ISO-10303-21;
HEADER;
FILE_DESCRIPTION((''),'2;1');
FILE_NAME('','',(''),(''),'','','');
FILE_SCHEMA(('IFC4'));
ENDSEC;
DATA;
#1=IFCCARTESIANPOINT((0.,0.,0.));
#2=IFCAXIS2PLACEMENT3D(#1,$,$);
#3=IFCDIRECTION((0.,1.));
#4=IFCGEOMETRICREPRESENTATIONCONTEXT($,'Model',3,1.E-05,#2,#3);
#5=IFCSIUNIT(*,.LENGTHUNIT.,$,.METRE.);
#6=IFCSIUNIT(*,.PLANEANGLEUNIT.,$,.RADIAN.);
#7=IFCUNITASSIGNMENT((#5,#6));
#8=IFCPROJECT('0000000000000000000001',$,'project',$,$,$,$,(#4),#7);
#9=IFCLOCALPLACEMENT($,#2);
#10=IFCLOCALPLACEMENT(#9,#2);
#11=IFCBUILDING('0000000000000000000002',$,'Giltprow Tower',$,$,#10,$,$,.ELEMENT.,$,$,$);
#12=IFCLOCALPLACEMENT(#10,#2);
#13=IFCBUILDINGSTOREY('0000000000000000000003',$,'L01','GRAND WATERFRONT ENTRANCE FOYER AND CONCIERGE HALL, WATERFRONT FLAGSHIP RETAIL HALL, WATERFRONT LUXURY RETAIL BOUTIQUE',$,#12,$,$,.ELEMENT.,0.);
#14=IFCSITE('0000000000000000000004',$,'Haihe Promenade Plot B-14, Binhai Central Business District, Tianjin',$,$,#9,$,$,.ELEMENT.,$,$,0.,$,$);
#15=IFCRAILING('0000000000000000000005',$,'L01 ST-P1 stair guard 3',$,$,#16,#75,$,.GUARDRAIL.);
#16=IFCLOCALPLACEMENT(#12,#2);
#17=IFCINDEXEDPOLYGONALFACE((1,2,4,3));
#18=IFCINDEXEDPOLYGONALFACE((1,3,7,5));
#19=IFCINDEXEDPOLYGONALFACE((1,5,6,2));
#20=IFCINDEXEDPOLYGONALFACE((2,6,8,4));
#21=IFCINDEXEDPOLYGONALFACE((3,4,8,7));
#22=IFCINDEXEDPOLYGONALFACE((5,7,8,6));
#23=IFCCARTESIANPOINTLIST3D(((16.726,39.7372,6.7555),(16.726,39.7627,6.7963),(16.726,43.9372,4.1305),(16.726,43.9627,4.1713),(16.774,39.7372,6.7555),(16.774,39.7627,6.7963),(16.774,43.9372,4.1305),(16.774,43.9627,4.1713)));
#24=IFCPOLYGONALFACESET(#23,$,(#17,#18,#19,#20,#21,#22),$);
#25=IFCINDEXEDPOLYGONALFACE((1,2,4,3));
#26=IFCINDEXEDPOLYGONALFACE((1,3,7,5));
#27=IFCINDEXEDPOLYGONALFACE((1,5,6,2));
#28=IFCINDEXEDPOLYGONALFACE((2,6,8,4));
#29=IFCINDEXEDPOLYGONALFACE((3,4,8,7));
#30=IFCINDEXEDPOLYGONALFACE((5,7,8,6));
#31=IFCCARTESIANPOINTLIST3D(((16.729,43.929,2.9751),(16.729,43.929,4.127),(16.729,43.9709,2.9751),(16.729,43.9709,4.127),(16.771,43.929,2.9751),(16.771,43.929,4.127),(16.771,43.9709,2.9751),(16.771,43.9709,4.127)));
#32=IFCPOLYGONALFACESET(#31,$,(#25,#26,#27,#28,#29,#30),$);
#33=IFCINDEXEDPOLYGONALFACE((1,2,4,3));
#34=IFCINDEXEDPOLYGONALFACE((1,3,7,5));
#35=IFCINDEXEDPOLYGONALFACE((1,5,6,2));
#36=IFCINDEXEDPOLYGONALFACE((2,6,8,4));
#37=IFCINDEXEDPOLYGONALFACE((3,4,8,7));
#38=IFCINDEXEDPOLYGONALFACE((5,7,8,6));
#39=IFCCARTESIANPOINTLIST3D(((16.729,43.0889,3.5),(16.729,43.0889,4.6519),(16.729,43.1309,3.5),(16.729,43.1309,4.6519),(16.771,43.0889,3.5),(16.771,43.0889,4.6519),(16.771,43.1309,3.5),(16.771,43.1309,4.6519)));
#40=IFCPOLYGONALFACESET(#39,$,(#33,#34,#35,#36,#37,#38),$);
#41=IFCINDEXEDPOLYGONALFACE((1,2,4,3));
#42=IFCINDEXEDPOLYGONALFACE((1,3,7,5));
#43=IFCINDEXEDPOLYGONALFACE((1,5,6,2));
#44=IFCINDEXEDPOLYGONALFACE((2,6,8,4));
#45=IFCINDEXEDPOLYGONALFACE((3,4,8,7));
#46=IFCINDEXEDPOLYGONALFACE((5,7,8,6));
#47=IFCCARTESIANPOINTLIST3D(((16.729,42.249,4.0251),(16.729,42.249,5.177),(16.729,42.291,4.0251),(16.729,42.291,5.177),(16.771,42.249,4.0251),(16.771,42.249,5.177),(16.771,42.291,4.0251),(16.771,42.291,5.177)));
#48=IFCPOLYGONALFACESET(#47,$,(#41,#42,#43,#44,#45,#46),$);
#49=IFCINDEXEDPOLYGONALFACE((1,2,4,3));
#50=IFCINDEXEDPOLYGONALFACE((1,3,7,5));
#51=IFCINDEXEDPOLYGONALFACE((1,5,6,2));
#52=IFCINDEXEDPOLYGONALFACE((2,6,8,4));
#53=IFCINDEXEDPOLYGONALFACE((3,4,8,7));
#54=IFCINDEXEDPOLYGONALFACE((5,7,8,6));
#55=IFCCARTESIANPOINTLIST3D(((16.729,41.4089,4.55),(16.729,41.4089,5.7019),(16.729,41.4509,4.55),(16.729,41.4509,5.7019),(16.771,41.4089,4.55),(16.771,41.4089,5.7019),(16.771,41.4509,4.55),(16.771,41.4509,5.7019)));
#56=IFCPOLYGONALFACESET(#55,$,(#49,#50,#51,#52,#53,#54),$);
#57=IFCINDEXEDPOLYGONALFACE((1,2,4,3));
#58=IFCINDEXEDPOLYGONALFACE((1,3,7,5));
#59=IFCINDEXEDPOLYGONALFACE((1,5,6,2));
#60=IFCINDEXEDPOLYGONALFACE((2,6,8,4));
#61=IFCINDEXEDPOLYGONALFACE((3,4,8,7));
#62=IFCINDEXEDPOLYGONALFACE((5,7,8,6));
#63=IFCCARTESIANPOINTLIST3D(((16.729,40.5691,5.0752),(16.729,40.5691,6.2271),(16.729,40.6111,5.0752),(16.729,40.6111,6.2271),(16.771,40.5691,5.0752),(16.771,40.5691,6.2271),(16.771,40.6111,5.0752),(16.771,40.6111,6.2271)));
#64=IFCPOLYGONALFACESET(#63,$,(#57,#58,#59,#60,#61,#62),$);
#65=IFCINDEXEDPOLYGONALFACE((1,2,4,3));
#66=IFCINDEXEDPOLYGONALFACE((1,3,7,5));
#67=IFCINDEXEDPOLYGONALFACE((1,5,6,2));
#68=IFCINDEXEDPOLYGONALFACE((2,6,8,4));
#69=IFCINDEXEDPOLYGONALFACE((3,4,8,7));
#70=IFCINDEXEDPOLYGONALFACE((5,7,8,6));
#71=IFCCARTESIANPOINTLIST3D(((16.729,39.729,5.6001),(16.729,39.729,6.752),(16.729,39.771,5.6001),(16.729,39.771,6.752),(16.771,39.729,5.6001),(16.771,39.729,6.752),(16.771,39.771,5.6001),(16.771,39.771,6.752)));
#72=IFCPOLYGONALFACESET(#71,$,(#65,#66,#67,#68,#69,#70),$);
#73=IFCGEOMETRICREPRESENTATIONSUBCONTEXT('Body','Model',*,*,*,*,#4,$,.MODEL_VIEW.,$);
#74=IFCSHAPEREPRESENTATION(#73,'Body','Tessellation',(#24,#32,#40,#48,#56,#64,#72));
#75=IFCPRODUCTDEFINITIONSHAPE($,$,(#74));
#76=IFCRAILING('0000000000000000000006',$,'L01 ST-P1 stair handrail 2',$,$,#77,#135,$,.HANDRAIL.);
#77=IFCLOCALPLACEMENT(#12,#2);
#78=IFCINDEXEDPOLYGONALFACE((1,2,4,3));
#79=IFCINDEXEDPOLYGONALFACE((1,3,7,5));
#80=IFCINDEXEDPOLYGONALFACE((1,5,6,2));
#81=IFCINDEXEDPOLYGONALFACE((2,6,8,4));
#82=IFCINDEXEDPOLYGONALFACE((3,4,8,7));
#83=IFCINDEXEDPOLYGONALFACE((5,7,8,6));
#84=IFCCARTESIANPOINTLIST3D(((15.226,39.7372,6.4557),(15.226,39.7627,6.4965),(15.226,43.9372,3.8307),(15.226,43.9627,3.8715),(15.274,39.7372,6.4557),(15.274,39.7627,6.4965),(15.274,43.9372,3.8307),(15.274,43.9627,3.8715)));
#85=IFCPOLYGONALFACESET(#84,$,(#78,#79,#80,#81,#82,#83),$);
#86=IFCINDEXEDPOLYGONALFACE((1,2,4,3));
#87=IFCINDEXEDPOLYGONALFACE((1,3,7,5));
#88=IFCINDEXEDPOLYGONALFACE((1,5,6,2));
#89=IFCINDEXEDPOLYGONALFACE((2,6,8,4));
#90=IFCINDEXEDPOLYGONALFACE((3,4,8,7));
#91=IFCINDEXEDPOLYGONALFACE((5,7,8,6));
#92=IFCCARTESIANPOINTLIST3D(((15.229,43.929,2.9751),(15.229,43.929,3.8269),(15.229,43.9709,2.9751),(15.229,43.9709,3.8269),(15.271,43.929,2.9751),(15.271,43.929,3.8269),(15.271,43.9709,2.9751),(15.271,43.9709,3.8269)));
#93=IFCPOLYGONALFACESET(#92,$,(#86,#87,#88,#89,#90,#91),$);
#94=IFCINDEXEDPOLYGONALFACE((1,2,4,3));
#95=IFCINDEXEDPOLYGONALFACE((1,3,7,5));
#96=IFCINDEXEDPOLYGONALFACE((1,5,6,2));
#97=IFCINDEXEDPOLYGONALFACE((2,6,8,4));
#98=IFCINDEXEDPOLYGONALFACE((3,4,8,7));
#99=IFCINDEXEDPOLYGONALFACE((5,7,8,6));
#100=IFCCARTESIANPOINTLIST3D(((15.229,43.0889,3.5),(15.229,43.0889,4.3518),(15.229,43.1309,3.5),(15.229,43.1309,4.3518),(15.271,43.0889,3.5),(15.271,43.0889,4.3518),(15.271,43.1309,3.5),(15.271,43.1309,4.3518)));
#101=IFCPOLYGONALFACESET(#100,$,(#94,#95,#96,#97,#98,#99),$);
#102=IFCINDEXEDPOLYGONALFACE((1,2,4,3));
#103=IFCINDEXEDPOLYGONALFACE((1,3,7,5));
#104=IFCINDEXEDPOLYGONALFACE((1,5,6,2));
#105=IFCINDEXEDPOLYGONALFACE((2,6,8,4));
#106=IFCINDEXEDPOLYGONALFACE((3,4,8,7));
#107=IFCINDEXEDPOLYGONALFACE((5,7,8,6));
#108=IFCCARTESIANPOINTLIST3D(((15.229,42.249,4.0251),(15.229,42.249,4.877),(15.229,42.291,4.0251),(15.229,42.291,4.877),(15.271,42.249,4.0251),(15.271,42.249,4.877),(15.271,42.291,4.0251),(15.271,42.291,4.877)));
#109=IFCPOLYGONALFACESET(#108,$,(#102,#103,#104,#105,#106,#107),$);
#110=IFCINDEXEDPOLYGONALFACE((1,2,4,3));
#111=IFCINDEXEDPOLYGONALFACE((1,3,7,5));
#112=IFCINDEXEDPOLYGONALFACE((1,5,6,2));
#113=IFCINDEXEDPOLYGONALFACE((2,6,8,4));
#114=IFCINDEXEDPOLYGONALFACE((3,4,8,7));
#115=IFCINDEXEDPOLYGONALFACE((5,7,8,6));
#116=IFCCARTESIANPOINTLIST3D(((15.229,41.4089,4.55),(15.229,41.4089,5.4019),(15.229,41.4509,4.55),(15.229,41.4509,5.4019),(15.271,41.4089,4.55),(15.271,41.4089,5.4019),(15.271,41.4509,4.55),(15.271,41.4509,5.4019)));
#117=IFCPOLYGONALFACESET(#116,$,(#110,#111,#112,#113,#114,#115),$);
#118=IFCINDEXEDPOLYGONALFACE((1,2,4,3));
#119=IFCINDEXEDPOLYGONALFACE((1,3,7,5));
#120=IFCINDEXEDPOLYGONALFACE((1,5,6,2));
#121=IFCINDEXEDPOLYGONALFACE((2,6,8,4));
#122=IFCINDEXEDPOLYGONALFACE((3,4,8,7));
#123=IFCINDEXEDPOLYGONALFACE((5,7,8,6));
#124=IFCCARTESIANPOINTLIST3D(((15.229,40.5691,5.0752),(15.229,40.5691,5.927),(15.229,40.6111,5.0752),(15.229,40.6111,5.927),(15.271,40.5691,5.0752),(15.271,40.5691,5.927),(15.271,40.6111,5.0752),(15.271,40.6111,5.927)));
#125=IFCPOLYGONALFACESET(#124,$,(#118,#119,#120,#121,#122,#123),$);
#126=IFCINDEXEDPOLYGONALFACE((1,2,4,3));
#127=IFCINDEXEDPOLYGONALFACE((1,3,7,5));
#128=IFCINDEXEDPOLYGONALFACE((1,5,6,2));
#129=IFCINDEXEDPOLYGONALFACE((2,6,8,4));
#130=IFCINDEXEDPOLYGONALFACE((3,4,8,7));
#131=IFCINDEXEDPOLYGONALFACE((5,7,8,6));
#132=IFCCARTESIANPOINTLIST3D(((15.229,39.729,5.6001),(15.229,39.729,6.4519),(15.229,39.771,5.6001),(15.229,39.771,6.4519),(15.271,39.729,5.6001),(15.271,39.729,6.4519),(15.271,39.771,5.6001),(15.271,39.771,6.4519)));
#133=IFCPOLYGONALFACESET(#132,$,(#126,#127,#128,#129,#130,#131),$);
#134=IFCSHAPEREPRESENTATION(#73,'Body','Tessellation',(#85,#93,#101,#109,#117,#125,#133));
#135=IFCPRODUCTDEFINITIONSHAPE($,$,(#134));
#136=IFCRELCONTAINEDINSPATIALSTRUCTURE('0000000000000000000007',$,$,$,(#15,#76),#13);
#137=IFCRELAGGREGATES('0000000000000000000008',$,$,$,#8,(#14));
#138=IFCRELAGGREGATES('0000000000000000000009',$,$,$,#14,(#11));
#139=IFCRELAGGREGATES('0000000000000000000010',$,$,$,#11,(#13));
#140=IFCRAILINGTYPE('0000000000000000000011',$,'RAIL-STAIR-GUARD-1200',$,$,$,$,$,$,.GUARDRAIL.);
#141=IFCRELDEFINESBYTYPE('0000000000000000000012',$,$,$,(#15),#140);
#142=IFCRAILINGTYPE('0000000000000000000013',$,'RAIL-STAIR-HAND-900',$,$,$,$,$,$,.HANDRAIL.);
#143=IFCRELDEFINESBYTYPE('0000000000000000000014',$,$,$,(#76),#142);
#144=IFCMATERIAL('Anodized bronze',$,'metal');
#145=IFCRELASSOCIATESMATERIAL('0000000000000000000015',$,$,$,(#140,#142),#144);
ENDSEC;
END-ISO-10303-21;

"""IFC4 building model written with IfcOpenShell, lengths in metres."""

from ifc_helpers import new_model, si_unit, direction, frame, origin, origin_2d, place, context, subcontext, project, spatial, rectangle, extrude, material, type_object, element, save


model = new_model("IFC4")

# Units and contexts
model_context = context("Model", 3, precision=1e-05, world=origin(), true_north=direction((0.0, 1.0)))
body_context = subcontext(model_context, "Body", "Model", "MODEL_VIEW")
ifc_project = project(units=[si_unit("LENGTHUNIT", "METRE"), si_unit("PLANEANGLEUNIT", "RADIAN")], contexts=[model_context])

# Site, building, storey
site_placement = place(None, origin())
site = spatial("IfcSite", under=ifc_project, at=site_placement, Name="Haihe Promenade Plot B-14, Binhai Central Business District, Tianjin", CompositionType="ELEMENT", RefElevation=0.0)
building_placement = place(site_placement, origin())
building = spatial("IfcBuilding", under=site, at=building_placement, Name="Giltprow Tower", CompositionType="ELEMENT")
storey_placement = place(building_placement, origin())
storey = spatial("IfcBuildingStorey", under=building, at=storey_placement, Name="L01", Description="GRAND WATERFRONT ENTRANCE FOYER AND CONCIERGE HALL, WATERFRONT FLAGSHIP RETAIL HALL, WATERFRONT LUXURY RETAIL BOUTIQUE", CompositionType="ELEMENT", Elevation=0.0)

# Shared definitions
ifc_material_1 = material(Name="Anodized bronze", Category="metal")

# Railings
railing_type_1 = type_object("IfcRailingType", Name="RAIL-STAIR-GUARD-1200", PredefinedType="GUARDRAIL", material=ifc_material_1)
railing_1_placement = place(storey_placement, frame((16.75, 43.95, 2.9751)))
element("IfcRailing", 1, at=railing_1_placement, inside=storey, type_object=railing_type_1, Name="L01 ST-P1 stair guard 3", PredefinedType="GUARDRAIL", context=body_context, shape_type="SweptSolid", body=[
    extrude(rectangle(XDim=0.0481, YDim=0.0481, at=origin_2d()), frame((0.0, 0.0, 1.1758), z_axis=(0.0, -0.847996, 0.530003), x_axis=(1.0, 0.0, 0.0)), (0.0, 0.0, 1.0), 4.9529),
    extrude(rectangle(XDim=0.042, YDim=0.042, at=origin_2d()), origin(), (0.0, 0.0, 1.0), 1.1519),
    extrude(rectangle(XDim=0.042, YDim=0.042, at=origin_2d()), frame((0.0, -0.8401, 0.5249)), (0.0, 0.0, 1.0), 1.1519),
    extrude(rectangle(XDim=0.042, YDim=0.042, at=origin_2d()), frame((0.0, -1.6799, 1.05)), (0.0, 0.0, 1.0), 1.1519),
    extrude(rectangle(XDim=0.042, YDim=0.042, at=origin_2d()), frame((0.0, -2.52, 1.575)), (0.0, 0.0, 1.0), 1.1519),
    extrude(rectangle(XDim=0.042, YDim=0.042, at=origin_2d()), frame((0.0, -3.3599, 2.1001)), (0.0, 0.0, 1.0), 1.1519),
    extrude(rectangle(XDim=0.042, YDim=0.042, at=origin_2d()), frame((0.0, -4.2, 2.625)), (0.0, 0.0, 1.0), 1.1519),
])
railing_type_2 = type_object("IfcRailingType", Name="RAIL-STAIR-HAND-900", PredefinedType="HANDRAIL", material=ifc_material_1)
railing_2_placement = place(storey_placement, frame((15.25, 43.95, 2.9751)))
element("IfcRailing", 2, at=railing_2_placement, inside=storey, type_object=railing_type_2, Name="L01 ST-P1 stair handrail 2", PredefinedType="HANDRAIL", context=body_context, shape_type="SweptSolid", body=[
    extrude(rectangle(XDim=0.0481, YDim=0.0481, at=origin_2d()), frame((0.0, 0.0, 0.876), z_axis=(0.0, -0.847996, 0.530003), x_axis=(1.0, 0.0, 0.0)), (0.0, 0.0, 1.0), 4.9529),
    extrude(rectangle(XDim=0.042, YDim=0.042, at=origin_2d()), origin(), (0.0, 0.0, 1.0), 0.8518),
    extrude(rectangle(XDim=0.042, YDim=0.042, at=origin_2d()), frame((0.0, -0.8401, 0.5249)), (0.0, 0.0, 1.0), 0.8518),
    extrude(rectangle(XDim=0.042, YDim=0.042, at=origin_2d()), frame((0.0, -1.6799, 1.05)), (0.0, 0.0, 1.0), 0.8518),
    extrude(rectangle(XDim=0.042, YDim=0.042, at=origin_2d()), frame((0.0, -2.52, 1.575)), (0.0, 0.0, 1.0), 0.8518),
    extrude(rectangle(XDim=0.042, YDim=0.042, at=origin_2d()), frame((0.0, -3.3599, 2.1001)), (0.0, 0.0, 1.0), 0.8518),
    extrude(rectangle(XDim=0.042, YDim=0.042, at=origin_2d()), frame((0.0, -4.2, 2.625)), (0.0, 0.0, 1.0), 0.8518),
])

save(model, "model.ifc")
